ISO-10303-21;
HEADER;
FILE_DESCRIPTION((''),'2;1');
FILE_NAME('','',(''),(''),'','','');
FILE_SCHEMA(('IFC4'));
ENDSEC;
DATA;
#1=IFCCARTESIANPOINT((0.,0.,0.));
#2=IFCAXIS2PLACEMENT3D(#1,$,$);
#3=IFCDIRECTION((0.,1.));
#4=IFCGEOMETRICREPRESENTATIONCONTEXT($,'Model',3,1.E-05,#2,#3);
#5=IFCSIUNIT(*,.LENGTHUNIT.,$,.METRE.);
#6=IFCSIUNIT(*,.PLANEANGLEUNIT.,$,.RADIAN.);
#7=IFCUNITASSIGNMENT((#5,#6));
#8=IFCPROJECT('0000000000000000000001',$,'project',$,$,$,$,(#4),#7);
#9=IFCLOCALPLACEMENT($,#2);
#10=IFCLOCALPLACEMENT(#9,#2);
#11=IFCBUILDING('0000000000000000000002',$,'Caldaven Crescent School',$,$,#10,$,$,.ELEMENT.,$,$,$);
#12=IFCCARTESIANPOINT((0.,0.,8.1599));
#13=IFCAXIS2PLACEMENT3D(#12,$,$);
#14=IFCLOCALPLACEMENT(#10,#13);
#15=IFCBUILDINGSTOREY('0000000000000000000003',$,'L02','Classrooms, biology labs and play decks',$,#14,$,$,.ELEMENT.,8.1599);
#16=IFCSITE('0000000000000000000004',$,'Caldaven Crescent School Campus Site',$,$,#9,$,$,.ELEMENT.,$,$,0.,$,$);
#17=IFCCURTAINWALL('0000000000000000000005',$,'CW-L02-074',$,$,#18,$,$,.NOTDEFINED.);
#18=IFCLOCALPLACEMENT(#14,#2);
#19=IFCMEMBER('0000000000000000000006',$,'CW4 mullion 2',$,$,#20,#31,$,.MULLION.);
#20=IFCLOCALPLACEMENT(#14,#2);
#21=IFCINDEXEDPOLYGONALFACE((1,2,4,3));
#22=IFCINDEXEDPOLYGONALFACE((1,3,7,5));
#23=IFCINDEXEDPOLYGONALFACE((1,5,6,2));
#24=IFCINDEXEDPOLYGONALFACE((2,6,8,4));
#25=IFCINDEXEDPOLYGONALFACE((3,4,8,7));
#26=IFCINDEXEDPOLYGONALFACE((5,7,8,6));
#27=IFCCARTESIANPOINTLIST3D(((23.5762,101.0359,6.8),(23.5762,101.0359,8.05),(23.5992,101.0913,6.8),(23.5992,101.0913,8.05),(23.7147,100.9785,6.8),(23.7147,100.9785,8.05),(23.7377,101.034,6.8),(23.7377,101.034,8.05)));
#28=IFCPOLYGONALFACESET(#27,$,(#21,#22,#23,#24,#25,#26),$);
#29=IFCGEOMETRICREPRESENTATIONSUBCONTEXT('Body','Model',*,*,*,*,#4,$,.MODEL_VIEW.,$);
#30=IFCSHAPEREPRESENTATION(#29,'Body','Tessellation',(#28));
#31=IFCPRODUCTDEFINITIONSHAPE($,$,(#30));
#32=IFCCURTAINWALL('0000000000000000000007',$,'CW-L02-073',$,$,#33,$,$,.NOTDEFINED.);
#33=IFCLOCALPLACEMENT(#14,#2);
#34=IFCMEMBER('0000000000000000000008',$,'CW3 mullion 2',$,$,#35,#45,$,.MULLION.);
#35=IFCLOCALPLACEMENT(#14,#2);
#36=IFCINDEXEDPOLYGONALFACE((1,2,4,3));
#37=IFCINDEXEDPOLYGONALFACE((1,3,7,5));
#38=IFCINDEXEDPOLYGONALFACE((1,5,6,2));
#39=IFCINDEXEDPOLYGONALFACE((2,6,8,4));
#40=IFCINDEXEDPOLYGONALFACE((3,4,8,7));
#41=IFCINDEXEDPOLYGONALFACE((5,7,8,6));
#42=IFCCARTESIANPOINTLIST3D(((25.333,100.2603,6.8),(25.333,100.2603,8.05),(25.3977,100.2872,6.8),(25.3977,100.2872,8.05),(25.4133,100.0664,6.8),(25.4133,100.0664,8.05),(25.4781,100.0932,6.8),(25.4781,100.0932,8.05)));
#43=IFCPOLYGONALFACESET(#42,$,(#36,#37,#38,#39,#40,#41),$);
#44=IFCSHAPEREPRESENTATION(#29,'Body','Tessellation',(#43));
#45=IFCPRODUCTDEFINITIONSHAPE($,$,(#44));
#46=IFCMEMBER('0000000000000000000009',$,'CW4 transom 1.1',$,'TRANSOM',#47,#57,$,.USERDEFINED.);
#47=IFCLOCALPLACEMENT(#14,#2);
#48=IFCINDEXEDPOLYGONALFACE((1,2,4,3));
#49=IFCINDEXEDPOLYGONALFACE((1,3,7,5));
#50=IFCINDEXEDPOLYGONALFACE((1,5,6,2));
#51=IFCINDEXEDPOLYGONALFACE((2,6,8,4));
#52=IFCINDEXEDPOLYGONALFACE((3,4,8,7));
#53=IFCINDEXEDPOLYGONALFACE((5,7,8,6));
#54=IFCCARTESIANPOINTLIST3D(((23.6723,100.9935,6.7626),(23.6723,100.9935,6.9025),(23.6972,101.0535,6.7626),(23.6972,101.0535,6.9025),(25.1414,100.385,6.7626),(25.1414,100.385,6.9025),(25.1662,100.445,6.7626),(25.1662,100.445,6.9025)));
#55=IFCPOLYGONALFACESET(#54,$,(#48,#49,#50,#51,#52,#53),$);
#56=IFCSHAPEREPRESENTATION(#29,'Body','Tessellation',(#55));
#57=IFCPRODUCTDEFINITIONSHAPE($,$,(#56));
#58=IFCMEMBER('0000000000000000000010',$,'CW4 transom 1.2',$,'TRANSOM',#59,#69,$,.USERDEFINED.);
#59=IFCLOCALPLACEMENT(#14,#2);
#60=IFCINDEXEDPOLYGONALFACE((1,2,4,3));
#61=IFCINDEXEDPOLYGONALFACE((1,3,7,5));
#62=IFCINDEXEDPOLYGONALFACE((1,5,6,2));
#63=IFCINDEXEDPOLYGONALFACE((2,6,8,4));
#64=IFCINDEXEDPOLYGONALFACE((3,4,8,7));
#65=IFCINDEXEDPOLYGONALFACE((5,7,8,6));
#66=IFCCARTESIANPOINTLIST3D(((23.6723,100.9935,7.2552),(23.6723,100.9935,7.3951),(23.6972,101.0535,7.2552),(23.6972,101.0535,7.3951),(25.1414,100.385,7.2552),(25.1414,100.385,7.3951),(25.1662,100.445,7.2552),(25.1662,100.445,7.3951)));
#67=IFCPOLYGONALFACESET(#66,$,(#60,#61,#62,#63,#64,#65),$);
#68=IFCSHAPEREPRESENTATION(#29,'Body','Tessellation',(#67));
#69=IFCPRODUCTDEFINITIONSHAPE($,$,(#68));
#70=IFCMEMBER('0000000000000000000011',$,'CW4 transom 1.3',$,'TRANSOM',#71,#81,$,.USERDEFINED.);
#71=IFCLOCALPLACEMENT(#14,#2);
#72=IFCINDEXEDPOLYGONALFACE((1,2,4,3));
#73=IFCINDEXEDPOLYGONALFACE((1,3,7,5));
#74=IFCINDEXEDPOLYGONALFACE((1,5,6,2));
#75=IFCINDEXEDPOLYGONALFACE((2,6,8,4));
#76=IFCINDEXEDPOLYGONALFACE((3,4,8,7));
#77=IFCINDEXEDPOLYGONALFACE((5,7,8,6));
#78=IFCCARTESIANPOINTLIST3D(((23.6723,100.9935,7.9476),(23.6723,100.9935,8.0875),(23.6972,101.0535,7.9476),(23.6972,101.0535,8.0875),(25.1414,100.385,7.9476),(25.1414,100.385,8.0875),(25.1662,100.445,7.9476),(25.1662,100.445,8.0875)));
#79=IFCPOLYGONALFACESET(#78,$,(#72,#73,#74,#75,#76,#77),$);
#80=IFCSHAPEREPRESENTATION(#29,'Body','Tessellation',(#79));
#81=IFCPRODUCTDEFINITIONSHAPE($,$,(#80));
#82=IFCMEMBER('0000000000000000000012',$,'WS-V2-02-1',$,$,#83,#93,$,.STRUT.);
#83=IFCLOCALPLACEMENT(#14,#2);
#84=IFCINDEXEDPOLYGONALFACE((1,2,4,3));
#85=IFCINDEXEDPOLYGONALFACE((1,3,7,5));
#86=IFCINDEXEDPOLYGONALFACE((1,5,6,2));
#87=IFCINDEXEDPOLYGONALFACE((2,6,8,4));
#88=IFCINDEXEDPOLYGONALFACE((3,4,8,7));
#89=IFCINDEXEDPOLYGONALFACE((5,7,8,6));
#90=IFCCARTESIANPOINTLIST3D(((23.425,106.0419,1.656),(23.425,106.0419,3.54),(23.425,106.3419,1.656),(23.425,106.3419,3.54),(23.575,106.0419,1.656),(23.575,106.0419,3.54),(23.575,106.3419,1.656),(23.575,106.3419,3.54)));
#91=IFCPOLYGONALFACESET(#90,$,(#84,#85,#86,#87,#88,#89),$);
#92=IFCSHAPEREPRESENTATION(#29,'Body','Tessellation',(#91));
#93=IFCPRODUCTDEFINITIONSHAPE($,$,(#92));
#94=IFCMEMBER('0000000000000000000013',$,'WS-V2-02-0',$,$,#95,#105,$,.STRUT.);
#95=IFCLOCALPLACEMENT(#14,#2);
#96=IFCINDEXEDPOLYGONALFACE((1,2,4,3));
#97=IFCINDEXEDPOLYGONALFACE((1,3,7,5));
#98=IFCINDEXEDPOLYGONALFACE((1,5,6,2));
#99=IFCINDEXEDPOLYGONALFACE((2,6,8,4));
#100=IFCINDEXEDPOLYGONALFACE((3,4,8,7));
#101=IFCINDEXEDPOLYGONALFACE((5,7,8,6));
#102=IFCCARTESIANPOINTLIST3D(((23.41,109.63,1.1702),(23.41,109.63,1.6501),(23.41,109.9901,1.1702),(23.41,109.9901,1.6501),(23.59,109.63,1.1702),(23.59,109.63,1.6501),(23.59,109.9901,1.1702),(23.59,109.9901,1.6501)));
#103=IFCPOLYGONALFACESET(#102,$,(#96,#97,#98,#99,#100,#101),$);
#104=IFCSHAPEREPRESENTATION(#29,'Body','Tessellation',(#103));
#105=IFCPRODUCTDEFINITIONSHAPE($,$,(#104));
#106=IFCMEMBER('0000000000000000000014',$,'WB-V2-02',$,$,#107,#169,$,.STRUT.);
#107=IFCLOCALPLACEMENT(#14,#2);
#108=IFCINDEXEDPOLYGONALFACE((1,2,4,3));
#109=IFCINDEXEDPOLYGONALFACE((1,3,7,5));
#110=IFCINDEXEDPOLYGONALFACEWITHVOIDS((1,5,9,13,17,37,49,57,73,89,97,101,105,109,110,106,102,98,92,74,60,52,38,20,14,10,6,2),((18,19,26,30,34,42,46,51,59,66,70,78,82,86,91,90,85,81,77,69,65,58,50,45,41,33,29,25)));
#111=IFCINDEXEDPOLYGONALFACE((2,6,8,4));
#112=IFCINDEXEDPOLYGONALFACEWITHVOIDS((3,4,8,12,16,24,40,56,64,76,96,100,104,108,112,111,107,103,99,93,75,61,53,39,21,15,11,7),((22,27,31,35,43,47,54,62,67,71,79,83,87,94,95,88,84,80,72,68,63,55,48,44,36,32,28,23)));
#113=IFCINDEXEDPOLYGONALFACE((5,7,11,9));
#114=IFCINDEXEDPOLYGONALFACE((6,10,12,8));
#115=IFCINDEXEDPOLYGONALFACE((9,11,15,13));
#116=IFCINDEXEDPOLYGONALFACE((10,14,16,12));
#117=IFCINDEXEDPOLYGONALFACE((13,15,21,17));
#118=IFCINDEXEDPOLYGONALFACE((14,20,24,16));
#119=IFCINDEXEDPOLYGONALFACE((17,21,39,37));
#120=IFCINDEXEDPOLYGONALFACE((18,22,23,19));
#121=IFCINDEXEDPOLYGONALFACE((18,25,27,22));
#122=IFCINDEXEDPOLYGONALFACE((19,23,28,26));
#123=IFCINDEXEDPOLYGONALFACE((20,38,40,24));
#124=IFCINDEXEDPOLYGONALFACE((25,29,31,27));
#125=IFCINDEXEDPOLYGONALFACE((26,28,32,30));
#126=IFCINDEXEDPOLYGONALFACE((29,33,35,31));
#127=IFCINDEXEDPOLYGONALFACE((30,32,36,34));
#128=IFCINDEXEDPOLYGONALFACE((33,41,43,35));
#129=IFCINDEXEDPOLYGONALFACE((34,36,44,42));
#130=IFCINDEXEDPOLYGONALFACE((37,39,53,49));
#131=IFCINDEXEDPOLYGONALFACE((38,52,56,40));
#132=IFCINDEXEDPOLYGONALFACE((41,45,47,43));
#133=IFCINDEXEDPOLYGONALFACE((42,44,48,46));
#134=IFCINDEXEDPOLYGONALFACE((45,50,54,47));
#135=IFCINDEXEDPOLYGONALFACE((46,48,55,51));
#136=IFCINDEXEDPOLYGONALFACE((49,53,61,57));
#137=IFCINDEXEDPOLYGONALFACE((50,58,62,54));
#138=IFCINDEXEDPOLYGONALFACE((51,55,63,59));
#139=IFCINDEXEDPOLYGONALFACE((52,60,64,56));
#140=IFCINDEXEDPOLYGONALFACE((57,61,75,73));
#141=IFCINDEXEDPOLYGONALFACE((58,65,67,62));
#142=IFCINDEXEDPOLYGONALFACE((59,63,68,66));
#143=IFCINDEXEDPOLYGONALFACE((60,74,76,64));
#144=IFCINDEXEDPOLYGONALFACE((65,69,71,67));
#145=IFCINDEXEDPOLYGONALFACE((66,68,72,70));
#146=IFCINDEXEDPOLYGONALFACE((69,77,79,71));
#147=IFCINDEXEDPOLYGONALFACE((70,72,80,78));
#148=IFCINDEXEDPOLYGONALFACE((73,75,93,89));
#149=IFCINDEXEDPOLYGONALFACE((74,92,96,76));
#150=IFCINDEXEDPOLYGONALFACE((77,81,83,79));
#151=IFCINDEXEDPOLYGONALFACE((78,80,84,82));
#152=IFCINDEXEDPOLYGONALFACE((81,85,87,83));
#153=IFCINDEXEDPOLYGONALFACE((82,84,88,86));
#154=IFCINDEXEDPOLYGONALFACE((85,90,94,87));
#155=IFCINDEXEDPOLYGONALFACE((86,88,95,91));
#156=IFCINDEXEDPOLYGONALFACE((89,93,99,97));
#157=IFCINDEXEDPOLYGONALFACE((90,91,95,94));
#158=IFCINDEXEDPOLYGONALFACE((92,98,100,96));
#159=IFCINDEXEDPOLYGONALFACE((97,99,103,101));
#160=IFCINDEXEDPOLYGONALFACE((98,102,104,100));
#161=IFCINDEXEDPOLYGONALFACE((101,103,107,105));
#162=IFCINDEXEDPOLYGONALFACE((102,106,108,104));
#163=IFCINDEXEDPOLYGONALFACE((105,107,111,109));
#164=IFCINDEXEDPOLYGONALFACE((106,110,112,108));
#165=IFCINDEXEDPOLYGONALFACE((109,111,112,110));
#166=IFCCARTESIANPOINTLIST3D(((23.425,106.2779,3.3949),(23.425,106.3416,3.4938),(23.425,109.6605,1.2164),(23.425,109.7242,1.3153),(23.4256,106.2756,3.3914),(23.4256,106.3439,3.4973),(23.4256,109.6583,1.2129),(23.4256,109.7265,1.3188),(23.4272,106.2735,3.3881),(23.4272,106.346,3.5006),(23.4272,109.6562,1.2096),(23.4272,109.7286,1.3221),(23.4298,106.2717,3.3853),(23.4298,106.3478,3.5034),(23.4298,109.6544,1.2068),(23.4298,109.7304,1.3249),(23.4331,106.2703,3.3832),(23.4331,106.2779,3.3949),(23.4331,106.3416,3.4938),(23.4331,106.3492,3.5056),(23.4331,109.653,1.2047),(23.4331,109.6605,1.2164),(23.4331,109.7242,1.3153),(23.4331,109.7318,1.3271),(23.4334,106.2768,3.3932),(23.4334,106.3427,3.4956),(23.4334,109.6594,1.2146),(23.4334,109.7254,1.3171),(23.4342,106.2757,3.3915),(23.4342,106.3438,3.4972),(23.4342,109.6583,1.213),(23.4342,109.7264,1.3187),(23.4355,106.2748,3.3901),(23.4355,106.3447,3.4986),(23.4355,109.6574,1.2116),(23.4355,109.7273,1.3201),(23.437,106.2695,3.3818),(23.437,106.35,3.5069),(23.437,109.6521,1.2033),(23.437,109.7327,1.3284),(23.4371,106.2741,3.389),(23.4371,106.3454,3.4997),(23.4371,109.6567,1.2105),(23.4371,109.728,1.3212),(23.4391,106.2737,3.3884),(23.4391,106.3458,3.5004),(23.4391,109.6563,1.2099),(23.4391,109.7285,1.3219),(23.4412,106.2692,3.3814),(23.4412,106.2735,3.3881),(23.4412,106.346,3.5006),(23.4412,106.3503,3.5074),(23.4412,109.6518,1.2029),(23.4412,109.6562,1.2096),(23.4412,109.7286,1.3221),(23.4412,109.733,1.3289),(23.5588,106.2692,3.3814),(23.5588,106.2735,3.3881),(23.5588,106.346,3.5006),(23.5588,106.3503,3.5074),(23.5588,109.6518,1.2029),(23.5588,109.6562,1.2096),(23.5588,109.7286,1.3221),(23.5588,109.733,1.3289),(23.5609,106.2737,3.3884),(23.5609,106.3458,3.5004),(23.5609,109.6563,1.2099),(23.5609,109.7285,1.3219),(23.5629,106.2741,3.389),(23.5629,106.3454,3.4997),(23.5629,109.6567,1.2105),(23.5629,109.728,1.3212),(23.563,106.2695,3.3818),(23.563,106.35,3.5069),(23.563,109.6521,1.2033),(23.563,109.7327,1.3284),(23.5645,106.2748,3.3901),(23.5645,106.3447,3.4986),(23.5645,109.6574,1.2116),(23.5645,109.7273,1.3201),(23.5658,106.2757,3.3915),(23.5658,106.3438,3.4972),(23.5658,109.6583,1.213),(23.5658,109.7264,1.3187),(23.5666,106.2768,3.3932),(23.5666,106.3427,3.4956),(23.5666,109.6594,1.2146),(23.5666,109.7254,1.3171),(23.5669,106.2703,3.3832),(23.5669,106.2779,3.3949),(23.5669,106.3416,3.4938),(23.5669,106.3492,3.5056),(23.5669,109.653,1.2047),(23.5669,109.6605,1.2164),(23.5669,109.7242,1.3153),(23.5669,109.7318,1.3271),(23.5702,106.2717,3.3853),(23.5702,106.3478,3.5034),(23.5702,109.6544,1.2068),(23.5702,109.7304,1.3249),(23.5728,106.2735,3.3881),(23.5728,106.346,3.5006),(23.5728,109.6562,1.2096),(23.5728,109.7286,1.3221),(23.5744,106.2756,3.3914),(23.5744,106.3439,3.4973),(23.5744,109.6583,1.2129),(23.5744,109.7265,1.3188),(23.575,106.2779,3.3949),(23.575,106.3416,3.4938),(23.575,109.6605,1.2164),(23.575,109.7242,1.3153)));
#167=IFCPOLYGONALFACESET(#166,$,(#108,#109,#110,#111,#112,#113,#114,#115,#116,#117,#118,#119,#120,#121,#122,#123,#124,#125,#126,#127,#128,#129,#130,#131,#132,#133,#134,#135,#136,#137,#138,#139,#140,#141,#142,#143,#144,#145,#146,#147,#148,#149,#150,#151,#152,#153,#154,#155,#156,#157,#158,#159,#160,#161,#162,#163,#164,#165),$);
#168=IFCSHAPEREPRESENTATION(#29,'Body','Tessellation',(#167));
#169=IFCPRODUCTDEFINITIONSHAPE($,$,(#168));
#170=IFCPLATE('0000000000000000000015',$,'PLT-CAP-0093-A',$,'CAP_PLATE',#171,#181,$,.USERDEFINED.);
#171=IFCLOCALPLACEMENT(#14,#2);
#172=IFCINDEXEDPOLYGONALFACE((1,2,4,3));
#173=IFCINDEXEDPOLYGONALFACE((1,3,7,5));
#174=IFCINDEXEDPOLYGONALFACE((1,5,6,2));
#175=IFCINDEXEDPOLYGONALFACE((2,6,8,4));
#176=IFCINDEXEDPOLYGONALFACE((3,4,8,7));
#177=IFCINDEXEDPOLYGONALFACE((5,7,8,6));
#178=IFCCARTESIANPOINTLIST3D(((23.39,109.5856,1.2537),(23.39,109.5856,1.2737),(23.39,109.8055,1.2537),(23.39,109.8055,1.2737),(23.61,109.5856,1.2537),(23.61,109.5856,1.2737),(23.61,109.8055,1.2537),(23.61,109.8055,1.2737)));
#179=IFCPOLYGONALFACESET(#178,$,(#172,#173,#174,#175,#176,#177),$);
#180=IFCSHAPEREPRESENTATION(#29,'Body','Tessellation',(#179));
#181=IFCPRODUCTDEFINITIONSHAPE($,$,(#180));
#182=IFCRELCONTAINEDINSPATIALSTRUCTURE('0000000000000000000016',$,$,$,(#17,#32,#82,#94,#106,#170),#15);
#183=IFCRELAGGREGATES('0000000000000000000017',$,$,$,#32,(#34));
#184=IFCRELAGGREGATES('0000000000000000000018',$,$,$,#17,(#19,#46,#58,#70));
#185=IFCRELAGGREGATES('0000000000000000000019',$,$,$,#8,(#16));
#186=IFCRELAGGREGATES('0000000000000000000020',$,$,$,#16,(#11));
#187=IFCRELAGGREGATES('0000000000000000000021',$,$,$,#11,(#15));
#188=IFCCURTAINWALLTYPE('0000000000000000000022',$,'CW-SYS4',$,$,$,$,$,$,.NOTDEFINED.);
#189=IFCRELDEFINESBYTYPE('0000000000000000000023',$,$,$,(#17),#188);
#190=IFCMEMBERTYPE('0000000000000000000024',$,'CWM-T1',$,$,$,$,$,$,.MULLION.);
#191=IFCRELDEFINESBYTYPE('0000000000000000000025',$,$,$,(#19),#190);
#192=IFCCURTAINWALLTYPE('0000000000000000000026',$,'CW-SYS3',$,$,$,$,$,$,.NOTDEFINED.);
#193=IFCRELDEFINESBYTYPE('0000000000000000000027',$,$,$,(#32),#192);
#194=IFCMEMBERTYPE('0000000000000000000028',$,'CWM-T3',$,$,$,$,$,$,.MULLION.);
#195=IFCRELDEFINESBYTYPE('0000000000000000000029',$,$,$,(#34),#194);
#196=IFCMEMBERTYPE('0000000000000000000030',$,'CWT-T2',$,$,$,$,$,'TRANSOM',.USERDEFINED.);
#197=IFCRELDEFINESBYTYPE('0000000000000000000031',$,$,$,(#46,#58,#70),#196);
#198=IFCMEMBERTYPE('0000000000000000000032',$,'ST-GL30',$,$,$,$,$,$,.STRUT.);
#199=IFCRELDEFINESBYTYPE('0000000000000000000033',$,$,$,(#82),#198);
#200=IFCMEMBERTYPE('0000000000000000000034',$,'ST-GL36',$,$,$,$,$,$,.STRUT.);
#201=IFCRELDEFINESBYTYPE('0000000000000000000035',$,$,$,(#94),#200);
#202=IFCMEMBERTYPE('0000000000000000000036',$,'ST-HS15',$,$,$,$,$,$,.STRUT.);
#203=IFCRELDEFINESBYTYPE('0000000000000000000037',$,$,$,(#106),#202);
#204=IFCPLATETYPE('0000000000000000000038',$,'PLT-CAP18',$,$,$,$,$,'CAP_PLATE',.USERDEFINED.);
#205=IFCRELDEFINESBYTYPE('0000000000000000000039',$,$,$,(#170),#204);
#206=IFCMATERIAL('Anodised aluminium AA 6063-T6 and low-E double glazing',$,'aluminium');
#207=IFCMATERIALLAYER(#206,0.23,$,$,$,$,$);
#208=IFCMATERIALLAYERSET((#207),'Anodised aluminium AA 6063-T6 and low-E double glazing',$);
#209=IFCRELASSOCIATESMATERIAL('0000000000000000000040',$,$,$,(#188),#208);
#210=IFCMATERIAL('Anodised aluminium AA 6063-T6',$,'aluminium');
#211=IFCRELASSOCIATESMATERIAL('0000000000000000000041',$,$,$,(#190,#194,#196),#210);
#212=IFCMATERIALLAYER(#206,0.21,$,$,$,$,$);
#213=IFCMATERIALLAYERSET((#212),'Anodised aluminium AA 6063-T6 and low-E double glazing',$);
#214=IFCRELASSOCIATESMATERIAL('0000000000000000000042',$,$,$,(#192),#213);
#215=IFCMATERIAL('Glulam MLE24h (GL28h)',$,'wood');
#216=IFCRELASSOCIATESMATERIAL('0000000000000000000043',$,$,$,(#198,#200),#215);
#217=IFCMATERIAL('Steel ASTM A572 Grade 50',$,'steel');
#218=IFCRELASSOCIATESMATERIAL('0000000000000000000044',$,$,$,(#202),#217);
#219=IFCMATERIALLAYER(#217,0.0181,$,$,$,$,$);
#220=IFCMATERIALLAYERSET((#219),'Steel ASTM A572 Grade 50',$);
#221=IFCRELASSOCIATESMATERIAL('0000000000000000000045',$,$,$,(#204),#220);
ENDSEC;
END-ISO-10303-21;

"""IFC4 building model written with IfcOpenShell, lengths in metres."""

from ifc_helpers import new_model, si_unit, direction, frame, origin, origin_2d, place, context, subcontext, project, spatial, rectangle, hollow_rectangle, extrude, material, layer, layer_set, material_profile, profile_set, type_object, element, aggregate, save


model = new_model("IFC4")

# Units and contexts
model_context = context("Model", 3, precision=1e-05, world=origin(), true_north=direction((0.0, 1.0)))
body_context = subcontext(model_context, "Body", "Model", "MODEL_VIEW")
ifc_project = project(units=[si_unit("LENGTHUNIT", "METRE"), si_unit("PLANEANGLEUNIT", "RADIAN")], contexts=[model_context])

# Site, building, storey
site_placement = place(None, origin())
site = spatial("IfcSite", under=ifc_project, at=site_placement, Name="Caldaven Crescent School Campus Site", CompositionType="ELEMENT", RefElevation=0.0)
building_placement = place(site_placement, origin())
building = spatial("IfcBuilding", under=site, at=building_placement, Name="Caldaven Crescent School", CompositionType="ELEMENT")
storey_placement = place(building_placement, frame((0.0, 0.0, 8.1599)))
storey = spatial("IfcBuildingStorey", under=building, at=storey_placement, Name="L02", Description="Classrooms, biology labs and play decks", CompositionType="ELEMENT", Elevation=8.1599)

# Shared definitions
ifc_material_1 = material(Name="Steel ASTM A572 Grade 50", Category="steel")

# Shared definitions
ifc_material_2 = material(Name="Glulam MLE24h (GL28h)", Category="wood")

# Curtain wall, member
ifc_material_3 = material(Name="Anodised aluminium AA 6063-T6 and low-E double glazing", Category="aluminium")
ifc_layer_1 = layer(ifc_material_3, 0.23)
ifc_layer_set_1 = layer_set([ifc_layer_1], Name="Anodised aluminium AA 6063-T6 and low-E double glazing")
curtain_wall_type_1 = type_object("IfcCurtainWallType", Name="CW-SYS4", PredefinedType="NOTDEFINED", material=ifc_layer_set_1)
curtain_wall_1_placement = place(storey_placement, origin())
curtain_wall_1 = element("IfcCurtainWall", 1, at=curtain_wall_1_placement, inside=storey, type_object=curtain_wall_type_1, Name="CW-L02-074", PredefinedType="NOTDEFINED")
ifc_material_4 = material(Name="Anodised aluminium AA 6063-T6", Category="aluminium")
ifc_material_profile_1 = material_profile(ifc_material_4, rectangle(XDim=0.0601, YDim=0.1499, at=origin_2d()), Name="CWM 60x150")
ifc_profile_set_1 = profile_set([ifc_material_profile_1], Name="Anodised aluminium AA 6063-T6")
member_type_1 = type_object("IfcMemberType", Name="CWM-T1", PredefinedType="MULLION", material=ifc_profile_set_1)
member_1_placement = place(storey_placement, frame((23.657, 101.0349, 6.8), z_axis=(0.0, 0.0, 1.0), x_axis=(-0.382683, -0.92388, 0.0)))
member_1 = element("IfcMember", 2, at=member_1_placement, type_object=member_type_1, Name="CW4 mullion 2", PredefinedType="MULLION", context=body_context, shape_type="SweptSolid", body=[
    extrude(rectangle(XDim=0.0601, YDim=0.1499, at=origin_2d()), origin(), (0.0, 0.0, 1.0), 1.25),
])

# Curtain wall, member
ifc_layer_2 = layer(ifc_material_3, 0.21)
ifc_layer_set_2 = layer_set([ifc_layer_2], Name="Anodised aluminium AA 6063-T6 and low-E double glazing")
curtain_wall_type_2 = type_object("IfcCurtainWallType", Name="CW-SYS3", PredefinedType="NOTDEFINED", material=ifc_layer_set_2)
curtain_wall_2_placement = place(storey_placement, origin())
curtain_wall_2 = element("IfcCurtainWall", 3, at=curtain_wall_2_placement, inside=storey, type_object=curtain_wall_type_2, Name="CW-L02-073", PredefinedType="NOTDEFINED")
ifc_material_profile_2 = material_profile(ifc_material_4, rectangle(XDim=0.0701, YDim=0.21, at=origin_2d()), Name="CWM 70x210")
ifc_profile_set_2 = profile_set([ifc_material_profile_2], Name="Anodised aluminium AA 6063-T6")
member_type_2 = type_object("IfcMemberType", Name="CWM-T3", PredefinedType="MULLION", material=ifc_profile_set_2)
member_2_placement = place(storey_placement, frame((25.4055, 100.1768, 6.8), z_axis=(0.0, 0.0, 1.0), x_axis=(-0.92388, -0.382683, 0.0)))
member_2 = element("IfcMember", 4, at=member_2_placement, type_object=member_type_2, Name="CW3 mullion 2", PredefinedType="MULLION", context=body_context, shape_type="SweptSolid", body=[
    extrude(rectangle(XDim=0.0701, YDim=0.21, at=origin_2d()), origin(), (0.0, 0.0, 1.0), 1.25),
])

# Members
ifc_material_profile_3 = material_profile(ifc_material_4, rectangle(XDim=0.0649, YDim=0.1399, at=origin_2d()), Name="CWT 65x140")
ifc_profile_set_3 = profile_set([ifc_material_profile_3], Name="Anodised aluminium AA 6063-T6")
member_type_3 = type_object("IfcMemberType", Name="CWT-T2", ElementType="TRANSOM", PredefinedType="USERDEFINED", material=ifc_profile_set_3)
member_3_placement = place(storey_placement, frame((25.1538, 100.415, 6.8325), z_axis=(-0.923897, 0.382641, 0.0), x_axis=(-0.382641, -0.923897, 0.0)))
member_3 = element("IfcMember", 5, at=member_3_placement, type_object=member_type_3, Name="CW4 transom 1.1", ObjectType="TRANSOM", PredefinedType="USERDEFINED", context=body_context, shape_type="SweptSolid", body=[
    extrude(rectangle(XDim=0.0649, YDim=0.1399, at=origin_2d()), origin(), (0.0, 0.0, 1.0), 1.5901),
])
member_4_placement = place(storey_placement, frame((25.1538, 100.415, 7.3252), z_axis=(-0.923897, 0.382641, 0.0), x_axis=(-0.382641, -0.923897, 0.0)))
member_4 = element("IfcMember", 6, at=member_4_placement, type_object=member_type_3, Name="CW4 transom 1.2", ObjectType="TRANSOM", PredefinedType="USERDEFINED", context=body_context, shape_type="SweptSolid", body=[
    extrude(rectangle(XDim=0.0649, YDim=0.1399, at=origin_2d()), origin(), (0.0, 0.0, 1.0), 1.5901),
])
member_5_placement = place(storey_placement, frame((25.1538, 100.415, 8.0176), z_axis=(-0.923897, 0.382641, 0.0), x_axis=(-0.382641, -0.923897, 0.0)))
member_5 = element("IfcMember", 7, at=member_5_placement, type_object=member_type_3, Name="CW4 transom 1.3", ObjectType="TRANSOM", PredefinedType="USERDEFINED", context=body_context, shape_type="SweptSolid", body=[
    extrude(rectangle(XDim=0.0649, YDim=0.1399, at=origin_2d()), origin(), (0.0, 0.0, 1.0), 1.5901),
])

# Members
ifc_material_profile_4 = material_profile(ifc_material_2, rectangle(XDim=0.1499, YDim=0.3, at=origin_2d()), Name="MLE 150x300")
ifc_profile_set_4 = profile_set([ifc_material_profile_4], Name="Glulam MLE24h (GL28h)")
member_type_4 = type_object("IfcMemberType", Name="ST-GL30", PredefinedType="STRUT", material=ifc_profile_set_4)
member_6_placement = place(storey_placement, frame((23.5, 106.1919, 1.656), z_axis=(0.0, 0.0, 1.0), x_axis=(1.0, 0.0, 0.0)))
element("IfcMember", 8, at=member_6_placement, inside=storey, type_object=member_type_4, Name="WS-V2-02-1", PredefinedType="STRUT", context=body_context, shape_type="SweptSolid", body=[
    extrude(rectangle(XDim=0.1499, YDim=0.3, at=origin_2d()), origin(), (0.0, 0.0, 1.0), 1.884),
])
ifc_material_profile_5 = material_profile(ifc_material_2, rectangle(XDim=0.1799, YDim=0.3601, at=origin_2d()), Name="MLE 180x360")
ifc_profile_set_5 = profile_set([ifc_material_profile_5], Name="Glulam MLE24h (GL28h)")
member_type_5 = type_object("IfcMemberType", Name="ST-GL36", PredefinedType="STRUT", material=ifc_profile_set_5)
member_7_placement = place(storey_placement, frame((23.5, 109.8101, 1.1702), z_axis=(0.0, 0.0, 1.0), x_axis=(1.0, 0.0, 0.0)))
element("IfcMember", 9, at=member_7_placement, inside=storey, type_object=member_type_5, Name="WS-V2-02-0", PredefinedType="STRUT", context=body_context, shape_type="SweptSolid", body=[
    extrude(rectangle(XDim=0.1799, YDim=0.3601, at=origin_2d()), origin(), (0.0, 0.0, 1.0), 0.48),
])
ifc_material_profile_6 = material_profile(ifc_material_1, hollow_rectangle(XDim=0.1499, YDim=0.1499, WallThickness=0.0081, InnerFilletRadius=0.0081, OuterFilletRadius=0.0161, at=origin_2d()), Name="HSS 150x150x8")
ifc_profile_set_6 = profile_set([ifc_material_profile_6], Name="Steel ASTM A572 Grade 50")
member_type_6 = type_object("IfcMemberType", Name="ST-HS15", PredefinedType="STRUT", material=ifc_profile_set_6)
member_8_placement = place(storey_placement, frame((23.5, 109.6924, 1.2659), z_axis=(0.0, -0.840731, 0.541454), x_axis=(1.0, 0.0, 0.0)))
element("IfcMember", 10, at=member_8_placement, inside=storey, type_object=member_type_6, Name="WB-V2-02", PredefinedType="STRUT", context=body_context, shape_type="SweptSolid", body=[
    extrude(hollow_rectangle(XDim=0.1499, YDim=0.1499, WallThickness=0.0081, InnerFilletRadius=0.0081, OuterFilletRadius=0.0161, at=origin_2d()), origin(), (0.0, 0.0, 1.0), 4.0234),
])

# Plate
ifc_layer_3 = layer(ifc_material_1, 0.0181)
ifc_layer_set_3 = layer_set([ifc_layer_3], Name="Steel ASTM A572 Grade 50")
plate_type_1 = type_object("IfcPlateType", Name="PLT-CAP18", ElementType="CAP_PLATE", PredefinedType="USERDEFINED", material=ifc_layer_set_3)
for number, where, z_axis, x_axis, name in (
    (11, (23.5, 109.6956, 1.2537), (0.0, 0.0, 1.0), (0.0, -1.0, 0.0), "PLT-CAP-0093-A"),
):
    element("IfcPlate", number, at=place(storey_placement, frame(where, z_axis=z_axis, x_axis=x_axis)), inside=storey, type_object=plate_type_1, Name=name, ObjectType="CAP_PLATE", PredefinedType="USERDEFINED", context=body_context, shape_type="SweptSolid", body=[
        extrude(rectangle(XDim=0.22, YDim=0.22, at=origin_2d()), origin(), (0.0, 0.0, 1.0), 0.02),
    ])

aggregate(curtain_wall_2, [member_2])
aggregate(curtain_wall_1, [member_1, member_3, member_4, member_5])

save(model, "model.ifc")
